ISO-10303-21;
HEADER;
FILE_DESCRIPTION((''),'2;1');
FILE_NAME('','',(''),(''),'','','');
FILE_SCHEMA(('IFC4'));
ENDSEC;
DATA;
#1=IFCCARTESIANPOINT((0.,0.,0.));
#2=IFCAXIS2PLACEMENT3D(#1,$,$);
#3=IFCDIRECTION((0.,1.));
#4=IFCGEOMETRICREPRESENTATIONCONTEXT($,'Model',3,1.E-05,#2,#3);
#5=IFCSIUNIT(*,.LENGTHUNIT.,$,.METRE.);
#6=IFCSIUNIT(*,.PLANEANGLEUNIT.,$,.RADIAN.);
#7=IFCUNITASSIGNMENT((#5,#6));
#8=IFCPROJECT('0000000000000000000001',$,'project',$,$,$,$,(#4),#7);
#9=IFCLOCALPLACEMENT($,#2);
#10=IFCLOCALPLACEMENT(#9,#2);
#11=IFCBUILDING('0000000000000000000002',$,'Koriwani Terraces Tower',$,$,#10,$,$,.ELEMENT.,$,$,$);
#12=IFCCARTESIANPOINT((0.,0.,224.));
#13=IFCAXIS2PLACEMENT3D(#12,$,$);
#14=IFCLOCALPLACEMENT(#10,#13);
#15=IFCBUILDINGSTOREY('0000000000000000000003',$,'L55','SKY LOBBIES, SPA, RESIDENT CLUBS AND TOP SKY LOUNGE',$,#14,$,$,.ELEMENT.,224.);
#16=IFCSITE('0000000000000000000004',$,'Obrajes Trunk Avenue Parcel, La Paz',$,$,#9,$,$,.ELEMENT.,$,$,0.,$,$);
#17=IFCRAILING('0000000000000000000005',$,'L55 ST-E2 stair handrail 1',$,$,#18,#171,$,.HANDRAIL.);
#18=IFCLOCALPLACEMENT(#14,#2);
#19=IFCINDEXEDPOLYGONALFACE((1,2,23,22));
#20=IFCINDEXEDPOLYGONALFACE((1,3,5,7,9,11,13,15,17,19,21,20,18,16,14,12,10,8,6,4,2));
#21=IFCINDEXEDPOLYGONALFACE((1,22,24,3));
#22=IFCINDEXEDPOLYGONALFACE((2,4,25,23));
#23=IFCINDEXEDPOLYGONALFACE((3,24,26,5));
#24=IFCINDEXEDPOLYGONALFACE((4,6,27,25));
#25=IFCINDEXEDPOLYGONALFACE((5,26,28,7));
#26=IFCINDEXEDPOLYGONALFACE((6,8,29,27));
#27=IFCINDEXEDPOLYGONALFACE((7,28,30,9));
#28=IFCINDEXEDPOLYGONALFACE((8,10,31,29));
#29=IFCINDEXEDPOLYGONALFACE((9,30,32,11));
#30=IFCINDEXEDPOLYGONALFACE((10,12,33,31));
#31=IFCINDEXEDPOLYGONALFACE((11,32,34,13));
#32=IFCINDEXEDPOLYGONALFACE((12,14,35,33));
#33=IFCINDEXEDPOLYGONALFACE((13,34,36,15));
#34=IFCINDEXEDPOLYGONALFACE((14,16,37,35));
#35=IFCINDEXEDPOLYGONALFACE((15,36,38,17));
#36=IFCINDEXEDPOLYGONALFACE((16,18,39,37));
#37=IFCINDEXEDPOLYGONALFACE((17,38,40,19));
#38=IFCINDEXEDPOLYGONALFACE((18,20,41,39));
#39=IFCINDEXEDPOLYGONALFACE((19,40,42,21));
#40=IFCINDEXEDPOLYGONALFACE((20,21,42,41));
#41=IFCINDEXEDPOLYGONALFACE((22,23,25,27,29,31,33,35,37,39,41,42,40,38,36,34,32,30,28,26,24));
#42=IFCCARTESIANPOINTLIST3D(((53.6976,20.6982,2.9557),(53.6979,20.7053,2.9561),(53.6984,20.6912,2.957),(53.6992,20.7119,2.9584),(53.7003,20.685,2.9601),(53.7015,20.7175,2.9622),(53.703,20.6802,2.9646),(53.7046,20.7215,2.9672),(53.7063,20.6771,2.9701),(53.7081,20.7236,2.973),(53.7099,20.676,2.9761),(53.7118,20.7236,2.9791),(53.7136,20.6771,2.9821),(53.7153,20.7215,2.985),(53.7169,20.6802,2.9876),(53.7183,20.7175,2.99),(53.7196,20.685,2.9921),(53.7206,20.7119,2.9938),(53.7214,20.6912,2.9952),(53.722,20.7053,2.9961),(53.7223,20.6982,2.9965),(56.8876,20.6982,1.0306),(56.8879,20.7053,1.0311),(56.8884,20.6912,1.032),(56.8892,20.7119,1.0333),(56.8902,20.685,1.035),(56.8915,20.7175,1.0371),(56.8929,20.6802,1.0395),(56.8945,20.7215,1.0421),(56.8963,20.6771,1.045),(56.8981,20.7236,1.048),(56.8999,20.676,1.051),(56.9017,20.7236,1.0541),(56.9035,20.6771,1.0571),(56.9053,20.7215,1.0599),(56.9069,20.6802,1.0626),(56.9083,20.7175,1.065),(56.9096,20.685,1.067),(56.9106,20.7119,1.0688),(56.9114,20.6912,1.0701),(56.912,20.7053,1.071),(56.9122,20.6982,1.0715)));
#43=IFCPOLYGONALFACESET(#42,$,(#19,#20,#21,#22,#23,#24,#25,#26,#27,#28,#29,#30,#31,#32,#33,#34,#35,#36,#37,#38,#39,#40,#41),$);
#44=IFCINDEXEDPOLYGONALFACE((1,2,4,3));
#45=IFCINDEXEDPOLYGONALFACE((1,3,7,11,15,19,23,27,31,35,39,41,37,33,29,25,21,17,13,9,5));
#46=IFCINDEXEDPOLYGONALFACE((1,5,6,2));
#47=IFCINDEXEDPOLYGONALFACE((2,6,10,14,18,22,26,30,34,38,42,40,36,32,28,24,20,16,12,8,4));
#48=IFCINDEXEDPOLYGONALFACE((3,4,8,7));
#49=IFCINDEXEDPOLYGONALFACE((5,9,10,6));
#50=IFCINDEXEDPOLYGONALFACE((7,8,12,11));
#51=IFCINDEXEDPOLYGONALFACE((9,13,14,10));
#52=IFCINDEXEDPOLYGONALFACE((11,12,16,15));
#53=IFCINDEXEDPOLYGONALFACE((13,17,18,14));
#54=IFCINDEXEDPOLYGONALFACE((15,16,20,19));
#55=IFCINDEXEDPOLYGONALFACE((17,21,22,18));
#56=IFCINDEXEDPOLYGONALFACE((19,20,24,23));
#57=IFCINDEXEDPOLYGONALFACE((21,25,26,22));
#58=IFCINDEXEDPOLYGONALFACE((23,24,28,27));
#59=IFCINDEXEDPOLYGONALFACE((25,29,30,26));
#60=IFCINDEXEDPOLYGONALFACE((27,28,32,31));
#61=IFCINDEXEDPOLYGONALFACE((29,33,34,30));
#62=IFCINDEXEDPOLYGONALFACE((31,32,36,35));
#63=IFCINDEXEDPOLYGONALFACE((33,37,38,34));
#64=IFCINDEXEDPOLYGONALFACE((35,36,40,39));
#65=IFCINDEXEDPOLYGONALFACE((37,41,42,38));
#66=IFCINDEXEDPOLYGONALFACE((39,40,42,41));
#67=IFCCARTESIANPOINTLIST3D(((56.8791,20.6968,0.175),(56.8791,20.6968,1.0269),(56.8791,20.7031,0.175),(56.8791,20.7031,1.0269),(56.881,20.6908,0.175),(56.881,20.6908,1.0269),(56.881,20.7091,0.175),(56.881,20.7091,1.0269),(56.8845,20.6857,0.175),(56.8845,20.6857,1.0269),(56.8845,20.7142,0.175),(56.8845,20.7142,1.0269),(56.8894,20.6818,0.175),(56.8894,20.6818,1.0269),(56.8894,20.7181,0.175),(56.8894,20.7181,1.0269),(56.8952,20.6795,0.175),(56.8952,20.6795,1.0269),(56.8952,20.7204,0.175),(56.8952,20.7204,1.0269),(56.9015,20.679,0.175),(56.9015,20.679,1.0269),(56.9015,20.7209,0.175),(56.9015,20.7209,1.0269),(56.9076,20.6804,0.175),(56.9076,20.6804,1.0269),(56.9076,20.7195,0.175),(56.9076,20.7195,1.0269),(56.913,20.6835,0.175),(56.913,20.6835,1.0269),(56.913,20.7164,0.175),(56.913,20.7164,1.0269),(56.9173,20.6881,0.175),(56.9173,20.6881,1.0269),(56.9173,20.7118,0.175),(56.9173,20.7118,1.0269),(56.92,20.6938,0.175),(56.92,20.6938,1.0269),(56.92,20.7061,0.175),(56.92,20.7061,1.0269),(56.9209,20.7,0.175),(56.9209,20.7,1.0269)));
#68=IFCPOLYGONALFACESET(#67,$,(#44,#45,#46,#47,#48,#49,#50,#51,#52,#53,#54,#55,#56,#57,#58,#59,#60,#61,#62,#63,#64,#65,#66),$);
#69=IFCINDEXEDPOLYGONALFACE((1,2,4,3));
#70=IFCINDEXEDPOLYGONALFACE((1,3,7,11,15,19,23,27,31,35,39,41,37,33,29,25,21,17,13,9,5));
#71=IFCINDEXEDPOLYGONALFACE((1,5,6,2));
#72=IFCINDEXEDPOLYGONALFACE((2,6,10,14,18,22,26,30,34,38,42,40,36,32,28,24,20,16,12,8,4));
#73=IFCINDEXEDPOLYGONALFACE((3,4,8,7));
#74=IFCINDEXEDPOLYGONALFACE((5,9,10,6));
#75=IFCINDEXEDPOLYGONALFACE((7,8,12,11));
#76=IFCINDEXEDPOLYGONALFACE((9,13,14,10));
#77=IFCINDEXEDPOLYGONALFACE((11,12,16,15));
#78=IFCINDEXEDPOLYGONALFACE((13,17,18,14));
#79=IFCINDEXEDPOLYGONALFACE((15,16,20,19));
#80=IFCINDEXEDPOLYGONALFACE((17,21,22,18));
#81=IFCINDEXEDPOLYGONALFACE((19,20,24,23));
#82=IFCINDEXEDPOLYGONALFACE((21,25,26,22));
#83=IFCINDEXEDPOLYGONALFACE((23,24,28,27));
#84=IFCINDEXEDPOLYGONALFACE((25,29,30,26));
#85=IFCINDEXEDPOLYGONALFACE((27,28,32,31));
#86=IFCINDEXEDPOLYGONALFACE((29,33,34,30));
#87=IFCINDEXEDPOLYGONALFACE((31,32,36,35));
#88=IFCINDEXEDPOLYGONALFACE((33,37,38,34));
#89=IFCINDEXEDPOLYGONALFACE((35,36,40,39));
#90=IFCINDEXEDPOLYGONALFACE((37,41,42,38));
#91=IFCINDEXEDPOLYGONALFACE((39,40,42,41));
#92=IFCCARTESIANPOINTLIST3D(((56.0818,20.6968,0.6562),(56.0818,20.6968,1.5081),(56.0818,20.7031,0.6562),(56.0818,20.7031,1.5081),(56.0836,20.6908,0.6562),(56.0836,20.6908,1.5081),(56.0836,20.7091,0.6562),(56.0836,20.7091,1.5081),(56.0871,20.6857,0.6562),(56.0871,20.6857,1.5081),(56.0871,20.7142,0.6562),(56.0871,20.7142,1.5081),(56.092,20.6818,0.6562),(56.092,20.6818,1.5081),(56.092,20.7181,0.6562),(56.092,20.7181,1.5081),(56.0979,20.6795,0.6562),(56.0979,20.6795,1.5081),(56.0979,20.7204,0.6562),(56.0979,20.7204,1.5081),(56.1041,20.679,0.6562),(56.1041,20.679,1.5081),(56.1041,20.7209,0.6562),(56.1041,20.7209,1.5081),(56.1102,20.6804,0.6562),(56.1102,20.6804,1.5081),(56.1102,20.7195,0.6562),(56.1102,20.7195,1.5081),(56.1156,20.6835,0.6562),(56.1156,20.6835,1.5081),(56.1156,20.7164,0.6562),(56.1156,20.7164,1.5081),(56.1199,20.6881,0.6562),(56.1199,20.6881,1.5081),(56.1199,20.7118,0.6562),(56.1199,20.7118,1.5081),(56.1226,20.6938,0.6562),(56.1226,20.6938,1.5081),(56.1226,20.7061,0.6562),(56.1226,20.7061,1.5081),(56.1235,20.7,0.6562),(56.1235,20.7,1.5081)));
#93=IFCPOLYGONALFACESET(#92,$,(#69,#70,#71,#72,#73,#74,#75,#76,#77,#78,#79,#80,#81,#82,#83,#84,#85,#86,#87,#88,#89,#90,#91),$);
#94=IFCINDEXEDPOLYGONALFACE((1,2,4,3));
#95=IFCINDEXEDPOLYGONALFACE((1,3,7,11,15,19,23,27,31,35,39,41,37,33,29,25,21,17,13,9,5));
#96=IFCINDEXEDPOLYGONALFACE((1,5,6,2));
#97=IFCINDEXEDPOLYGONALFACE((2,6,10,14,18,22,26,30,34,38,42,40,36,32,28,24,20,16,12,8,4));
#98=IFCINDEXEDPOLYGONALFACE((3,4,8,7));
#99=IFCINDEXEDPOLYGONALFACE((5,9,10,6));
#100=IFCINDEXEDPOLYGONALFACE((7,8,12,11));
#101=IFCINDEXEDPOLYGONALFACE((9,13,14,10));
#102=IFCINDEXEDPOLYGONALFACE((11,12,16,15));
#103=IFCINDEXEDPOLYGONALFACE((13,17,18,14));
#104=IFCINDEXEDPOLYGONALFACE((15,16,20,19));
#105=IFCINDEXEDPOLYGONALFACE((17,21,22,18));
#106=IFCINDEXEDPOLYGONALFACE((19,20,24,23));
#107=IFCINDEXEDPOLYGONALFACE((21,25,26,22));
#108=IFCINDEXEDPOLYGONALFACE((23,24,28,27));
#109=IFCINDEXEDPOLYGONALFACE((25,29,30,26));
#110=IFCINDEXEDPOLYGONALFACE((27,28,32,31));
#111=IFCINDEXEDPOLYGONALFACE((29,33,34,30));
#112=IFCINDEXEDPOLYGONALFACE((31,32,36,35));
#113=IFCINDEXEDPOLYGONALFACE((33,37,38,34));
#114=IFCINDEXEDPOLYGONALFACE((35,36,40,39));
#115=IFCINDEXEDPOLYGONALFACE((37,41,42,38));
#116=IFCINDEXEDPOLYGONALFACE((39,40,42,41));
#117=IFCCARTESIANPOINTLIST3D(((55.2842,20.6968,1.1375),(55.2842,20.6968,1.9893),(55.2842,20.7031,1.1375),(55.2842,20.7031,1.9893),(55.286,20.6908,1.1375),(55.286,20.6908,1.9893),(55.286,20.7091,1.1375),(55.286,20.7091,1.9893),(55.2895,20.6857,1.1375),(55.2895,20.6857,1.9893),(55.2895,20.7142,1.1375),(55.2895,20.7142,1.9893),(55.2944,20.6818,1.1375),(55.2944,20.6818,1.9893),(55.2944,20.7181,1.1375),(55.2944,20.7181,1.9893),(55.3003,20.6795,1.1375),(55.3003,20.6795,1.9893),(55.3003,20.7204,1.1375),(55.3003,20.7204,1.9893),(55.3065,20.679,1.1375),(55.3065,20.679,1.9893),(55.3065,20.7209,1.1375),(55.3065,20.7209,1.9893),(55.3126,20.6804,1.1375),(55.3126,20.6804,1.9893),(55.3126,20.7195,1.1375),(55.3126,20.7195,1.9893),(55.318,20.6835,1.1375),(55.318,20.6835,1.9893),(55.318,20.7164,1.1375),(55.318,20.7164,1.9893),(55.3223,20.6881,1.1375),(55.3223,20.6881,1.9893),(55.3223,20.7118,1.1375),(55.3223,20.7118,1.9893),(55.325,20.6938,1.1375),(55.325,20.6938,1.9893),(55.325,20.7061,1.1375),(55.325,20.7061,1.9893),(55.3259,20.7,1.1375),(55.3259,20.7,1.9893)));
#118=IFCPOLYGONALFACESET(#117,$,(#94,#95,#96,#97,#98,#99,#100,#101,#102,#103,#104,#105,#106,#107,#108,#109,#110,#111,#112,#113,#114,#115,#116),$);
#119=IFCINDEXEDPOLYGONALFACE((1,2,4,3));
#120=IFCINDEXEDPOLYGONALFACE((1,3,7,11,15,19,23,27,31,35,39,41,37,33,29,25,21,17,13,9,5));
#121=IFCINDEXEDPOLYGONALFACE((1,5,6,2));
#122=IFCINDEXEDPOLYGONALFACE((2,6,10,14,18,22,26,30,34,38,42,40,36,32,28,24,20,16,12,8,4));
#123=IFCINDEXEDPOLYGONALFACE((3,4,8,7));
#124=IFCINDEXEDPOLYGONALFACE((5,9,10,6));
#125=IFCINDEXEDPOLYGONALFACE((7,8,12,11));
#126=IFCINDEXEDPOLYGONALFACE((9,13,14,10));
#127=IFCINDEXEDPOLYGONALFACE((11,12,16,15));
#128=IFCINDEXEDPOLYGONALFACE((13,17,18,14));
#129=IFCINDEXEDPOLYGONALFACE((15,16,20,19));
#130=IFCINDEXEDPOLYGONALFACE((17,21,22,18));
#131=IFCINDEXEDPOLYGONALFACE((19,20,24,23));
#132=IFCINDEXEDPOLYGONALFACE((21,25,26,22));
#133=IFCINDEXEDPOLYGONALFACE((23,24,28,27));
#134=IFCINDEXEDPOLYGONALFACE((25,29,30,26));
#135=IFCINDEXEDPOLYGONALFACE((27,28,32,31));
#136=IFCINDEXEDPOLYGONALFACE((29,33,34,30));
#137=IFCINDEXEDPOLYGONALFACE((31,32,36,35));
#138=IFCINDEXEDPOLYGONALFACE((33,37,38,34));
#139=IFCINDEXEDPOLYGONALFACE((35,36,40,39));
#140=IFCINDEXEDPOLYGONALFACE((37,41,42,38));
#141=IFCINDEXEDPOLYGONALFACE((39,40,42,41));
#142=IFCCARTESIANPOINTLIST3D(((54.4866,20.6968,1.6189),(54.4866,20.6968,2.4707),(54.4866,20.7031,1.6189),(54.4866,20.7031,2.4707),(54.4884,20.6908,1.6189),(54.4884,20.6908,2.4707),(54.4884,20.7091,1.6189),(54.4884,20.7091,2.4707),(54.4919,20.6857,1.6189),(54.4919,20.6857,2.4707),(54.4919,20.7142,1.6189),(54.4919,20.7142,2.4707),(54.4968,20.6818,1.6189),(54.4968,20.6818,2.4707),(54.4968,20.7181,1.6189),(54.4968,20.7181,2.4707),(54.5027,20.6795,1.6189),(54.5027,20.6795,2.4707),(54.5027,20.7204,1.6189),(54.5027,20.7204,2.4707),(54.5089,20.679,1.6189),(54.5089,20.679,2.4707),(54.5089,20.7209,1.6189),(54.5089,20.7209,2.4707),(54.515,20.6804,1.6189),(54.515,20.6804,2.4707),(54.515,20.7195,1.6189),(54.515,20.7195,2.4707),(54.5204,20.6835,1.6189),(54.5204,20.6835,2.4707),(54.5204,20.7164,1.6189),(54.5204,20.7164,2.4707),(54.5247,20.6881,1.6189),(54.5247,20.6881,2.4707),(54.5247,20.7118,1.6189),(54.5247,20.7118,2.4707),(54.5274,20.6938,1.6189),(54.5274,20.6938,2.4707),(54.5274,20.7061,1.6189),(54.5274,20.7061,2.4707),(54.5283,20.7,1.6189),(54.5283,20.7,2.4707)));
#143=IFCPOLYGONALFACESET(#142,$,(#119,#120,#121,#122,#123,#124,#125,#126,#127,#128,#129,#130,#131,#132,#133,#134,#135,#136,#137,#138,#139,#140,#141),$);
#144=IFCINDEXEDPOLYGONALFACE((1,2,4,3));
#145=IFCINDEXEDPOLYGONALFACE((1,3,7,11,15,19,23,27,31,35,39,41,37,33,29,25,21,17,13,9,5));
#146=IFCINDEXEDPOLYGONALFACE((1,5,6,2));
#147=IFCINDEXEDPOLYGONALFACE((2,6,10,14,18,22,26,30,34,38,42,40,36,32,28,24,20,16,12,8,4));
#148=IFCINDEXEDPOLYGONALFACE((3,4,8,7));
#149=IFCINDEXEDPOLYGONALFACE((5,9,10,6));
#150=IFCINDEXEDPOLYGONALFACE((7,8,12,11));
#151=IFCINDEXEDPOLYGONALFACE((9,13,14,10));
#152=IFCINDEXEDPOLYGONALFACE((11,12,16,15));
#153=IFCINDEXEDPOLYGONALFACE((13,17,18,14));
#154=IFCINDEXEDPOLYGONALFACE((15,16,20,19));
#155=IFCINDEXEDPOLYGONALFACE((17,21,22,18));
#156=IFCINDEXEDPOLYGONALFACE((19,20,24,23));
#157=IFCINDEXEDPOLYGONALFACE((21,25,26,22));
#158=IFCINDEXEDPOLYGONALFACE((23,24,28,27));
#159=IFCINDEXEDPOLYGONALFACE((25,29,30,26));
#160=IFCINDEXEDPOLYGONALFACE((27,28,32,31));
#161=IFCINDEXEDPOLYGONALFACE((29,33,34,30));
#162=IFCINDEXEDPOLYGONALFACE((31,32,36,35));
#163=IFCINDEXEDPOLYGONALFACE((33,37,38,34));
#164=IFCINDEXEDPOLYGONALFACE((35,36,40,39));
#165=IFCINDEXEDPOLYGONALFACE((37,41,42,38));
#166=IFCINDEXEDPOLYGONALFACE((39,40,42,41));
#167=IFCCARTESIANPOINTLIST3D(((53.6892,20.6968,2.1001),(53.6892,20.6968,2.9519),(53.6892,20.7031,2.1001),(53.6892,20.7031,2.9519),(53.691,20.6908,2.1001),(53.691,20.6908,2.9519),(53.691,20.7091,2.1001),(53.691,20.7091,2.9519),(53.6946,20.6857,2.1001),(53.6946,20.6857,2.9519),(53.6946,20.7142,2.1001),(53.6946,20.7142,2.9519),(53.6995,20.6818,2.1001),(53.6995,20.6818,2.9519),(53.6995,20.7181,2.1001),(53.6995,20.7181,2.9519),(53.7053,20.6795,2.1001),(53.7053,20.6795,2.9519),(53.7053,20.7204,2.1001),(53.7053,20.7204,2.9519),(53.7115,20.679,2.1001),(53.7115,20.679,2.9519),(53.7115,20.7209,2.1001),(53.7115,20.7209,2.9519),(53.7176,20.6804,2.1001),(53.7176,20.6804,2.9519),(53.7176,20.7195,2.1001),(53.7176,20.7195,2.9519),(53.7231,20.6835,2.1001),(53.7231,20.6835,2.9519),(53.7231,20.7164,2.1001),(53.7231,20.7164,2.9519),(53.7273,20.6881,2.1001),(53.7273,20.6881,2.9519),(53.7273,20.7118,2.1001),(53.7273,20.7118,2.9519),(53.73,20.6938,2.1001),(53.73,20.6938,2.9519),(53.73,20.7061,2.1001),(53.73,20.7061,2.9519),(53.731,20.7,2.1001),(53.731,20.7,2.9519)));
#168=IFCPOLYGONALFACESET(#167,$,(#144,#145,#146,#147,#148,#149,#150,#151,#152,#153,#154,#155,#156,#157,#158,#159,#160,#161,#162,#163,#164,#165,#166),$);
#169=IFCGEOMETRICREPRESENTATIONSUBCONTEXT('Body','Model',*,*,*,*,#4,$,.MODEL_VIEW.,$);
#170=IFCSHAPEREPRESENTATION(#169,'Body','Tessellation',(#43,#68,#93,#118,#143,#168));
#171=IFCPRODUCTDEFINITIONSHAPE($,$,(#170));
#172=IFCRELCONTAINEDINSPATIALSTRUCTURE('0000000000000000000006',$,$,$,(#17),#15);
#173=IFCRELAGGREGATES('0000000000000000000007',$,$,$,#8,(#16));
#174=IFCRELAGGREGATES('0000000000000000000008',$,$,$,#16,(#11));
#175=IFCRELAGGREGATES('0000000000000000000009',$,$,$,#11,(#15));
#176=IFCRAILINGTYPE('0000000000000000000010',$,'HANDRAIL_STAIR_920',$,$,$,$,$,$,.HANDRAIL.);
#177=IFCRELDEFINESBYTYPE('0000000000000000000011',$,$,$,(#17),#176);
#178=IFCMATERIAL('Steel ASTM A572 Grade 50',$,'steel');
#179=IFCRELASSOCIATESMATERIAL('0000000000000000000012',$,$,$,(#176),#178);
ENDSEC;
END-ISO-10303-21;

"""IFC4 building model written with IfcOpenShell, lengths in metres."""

from ifc_helpers import new_model, si_unit, direction, frame, origin, origin_2d, place, context, subcontext, project, spatial, circle, extrude, material, type_object, element, save


model = new_model("IFC4")

# Units and contexts
model_context = context("Model", 3, precision=1e-05, world=origin(), true_north=direction((0.0, 1.0)))
body_context = subcontext(model_context, "Body", "Model", "MODEL_VIEW")
ifc_project = project(units=[si_unit("LENGTHUNIT", "METRE"), si_unit("PLANEANGLEUNIT", "RADIAN")], contexts=[model_context])

# Site, building, storey
site_placement = place(None, origin())
site = spatial("IfcSite", under=ifc_project, at=site_placement, Name="Obrajes Trunk Avenue Parcel, La Paz", CompositionType="ELEMENT", RefElevation=0.0)
building_placement = place(site_placement, origin())
building = spatial("IfcBuilding", under=site, at=building_placement, Name="Koriwani Terraces Tower", CompositionType="ELEMENT")
storey_placement = place(building_placement, frame((0.0, 0.0, 224.0)))
storey = spatial("IfcBuildingStorey", under=building, at=storey_placement, Name="L55", Description="SKY LOBBIES, SPA, RESIDENT CLUBS AND TOP SKY LOUNGE", CompositionType="ELEMENT", Elevation=224.0)

# Shared definitions
ifc_material_1 = material(Name="Steel ASTM A572 Grade 50", Category="steel")

# Railing
railing_type_1 = type_object("IfcRailingType", Name="HANDRAIL_STAIR_920", PredefinedType="HANDRAIL", material=ifc_material_1)
railing_1_placement = place(storey_placement, frame((56.8999, 20.7, 0.175)))
element("IfcRailing", 1, at=railing_1_placement, inside=storey, type_object=railing_type_1, Name="L55 ST-E2 stair handrail 1", PredefinedType="HANDRAIL", context=body_context, shape_type="SweptSolid", body=[
    extrude(circle(Radius=0.0239, at=origin_2d()), frame((0.0, 0.0, 0.876), z_axis=(-0.856178, 0.0, 0.516682), x_axis=(0.0, -1.0, 0.0)), (0.0, 0.0, 1.0), 3.7258),
    extrude(circle(Radius=0.021, at=origin_2d()), origin(), (0.0, 0.0, 1.0), 0.8518),
    extrude(circle(Radius=0.021, at=origin_2d()), frame((-0.7974, 0.0, 0.4812)), (0.0, 0.0, 1.0), 0.8518),
    extrude(circle(Radius=0.021, at=origin_2d()), frame((-1.595, 0.0, 0.9624)), (0.0, 0.0, 1.0), 0.8518),
    extrude(circle(Radius=0.021, at=origin_2d()), frame((-2.3926, 0.0, 1.4438)), (0.0, 0.0, 1.0), 0.8518),
    extrude(circle(Radius=0.021, at=origin_2d()), frame((-3.1899, 0.0, 1.925)), (0.0, 0.0, 1.0), 0.8518),
])

save(model, "model.ifc")
